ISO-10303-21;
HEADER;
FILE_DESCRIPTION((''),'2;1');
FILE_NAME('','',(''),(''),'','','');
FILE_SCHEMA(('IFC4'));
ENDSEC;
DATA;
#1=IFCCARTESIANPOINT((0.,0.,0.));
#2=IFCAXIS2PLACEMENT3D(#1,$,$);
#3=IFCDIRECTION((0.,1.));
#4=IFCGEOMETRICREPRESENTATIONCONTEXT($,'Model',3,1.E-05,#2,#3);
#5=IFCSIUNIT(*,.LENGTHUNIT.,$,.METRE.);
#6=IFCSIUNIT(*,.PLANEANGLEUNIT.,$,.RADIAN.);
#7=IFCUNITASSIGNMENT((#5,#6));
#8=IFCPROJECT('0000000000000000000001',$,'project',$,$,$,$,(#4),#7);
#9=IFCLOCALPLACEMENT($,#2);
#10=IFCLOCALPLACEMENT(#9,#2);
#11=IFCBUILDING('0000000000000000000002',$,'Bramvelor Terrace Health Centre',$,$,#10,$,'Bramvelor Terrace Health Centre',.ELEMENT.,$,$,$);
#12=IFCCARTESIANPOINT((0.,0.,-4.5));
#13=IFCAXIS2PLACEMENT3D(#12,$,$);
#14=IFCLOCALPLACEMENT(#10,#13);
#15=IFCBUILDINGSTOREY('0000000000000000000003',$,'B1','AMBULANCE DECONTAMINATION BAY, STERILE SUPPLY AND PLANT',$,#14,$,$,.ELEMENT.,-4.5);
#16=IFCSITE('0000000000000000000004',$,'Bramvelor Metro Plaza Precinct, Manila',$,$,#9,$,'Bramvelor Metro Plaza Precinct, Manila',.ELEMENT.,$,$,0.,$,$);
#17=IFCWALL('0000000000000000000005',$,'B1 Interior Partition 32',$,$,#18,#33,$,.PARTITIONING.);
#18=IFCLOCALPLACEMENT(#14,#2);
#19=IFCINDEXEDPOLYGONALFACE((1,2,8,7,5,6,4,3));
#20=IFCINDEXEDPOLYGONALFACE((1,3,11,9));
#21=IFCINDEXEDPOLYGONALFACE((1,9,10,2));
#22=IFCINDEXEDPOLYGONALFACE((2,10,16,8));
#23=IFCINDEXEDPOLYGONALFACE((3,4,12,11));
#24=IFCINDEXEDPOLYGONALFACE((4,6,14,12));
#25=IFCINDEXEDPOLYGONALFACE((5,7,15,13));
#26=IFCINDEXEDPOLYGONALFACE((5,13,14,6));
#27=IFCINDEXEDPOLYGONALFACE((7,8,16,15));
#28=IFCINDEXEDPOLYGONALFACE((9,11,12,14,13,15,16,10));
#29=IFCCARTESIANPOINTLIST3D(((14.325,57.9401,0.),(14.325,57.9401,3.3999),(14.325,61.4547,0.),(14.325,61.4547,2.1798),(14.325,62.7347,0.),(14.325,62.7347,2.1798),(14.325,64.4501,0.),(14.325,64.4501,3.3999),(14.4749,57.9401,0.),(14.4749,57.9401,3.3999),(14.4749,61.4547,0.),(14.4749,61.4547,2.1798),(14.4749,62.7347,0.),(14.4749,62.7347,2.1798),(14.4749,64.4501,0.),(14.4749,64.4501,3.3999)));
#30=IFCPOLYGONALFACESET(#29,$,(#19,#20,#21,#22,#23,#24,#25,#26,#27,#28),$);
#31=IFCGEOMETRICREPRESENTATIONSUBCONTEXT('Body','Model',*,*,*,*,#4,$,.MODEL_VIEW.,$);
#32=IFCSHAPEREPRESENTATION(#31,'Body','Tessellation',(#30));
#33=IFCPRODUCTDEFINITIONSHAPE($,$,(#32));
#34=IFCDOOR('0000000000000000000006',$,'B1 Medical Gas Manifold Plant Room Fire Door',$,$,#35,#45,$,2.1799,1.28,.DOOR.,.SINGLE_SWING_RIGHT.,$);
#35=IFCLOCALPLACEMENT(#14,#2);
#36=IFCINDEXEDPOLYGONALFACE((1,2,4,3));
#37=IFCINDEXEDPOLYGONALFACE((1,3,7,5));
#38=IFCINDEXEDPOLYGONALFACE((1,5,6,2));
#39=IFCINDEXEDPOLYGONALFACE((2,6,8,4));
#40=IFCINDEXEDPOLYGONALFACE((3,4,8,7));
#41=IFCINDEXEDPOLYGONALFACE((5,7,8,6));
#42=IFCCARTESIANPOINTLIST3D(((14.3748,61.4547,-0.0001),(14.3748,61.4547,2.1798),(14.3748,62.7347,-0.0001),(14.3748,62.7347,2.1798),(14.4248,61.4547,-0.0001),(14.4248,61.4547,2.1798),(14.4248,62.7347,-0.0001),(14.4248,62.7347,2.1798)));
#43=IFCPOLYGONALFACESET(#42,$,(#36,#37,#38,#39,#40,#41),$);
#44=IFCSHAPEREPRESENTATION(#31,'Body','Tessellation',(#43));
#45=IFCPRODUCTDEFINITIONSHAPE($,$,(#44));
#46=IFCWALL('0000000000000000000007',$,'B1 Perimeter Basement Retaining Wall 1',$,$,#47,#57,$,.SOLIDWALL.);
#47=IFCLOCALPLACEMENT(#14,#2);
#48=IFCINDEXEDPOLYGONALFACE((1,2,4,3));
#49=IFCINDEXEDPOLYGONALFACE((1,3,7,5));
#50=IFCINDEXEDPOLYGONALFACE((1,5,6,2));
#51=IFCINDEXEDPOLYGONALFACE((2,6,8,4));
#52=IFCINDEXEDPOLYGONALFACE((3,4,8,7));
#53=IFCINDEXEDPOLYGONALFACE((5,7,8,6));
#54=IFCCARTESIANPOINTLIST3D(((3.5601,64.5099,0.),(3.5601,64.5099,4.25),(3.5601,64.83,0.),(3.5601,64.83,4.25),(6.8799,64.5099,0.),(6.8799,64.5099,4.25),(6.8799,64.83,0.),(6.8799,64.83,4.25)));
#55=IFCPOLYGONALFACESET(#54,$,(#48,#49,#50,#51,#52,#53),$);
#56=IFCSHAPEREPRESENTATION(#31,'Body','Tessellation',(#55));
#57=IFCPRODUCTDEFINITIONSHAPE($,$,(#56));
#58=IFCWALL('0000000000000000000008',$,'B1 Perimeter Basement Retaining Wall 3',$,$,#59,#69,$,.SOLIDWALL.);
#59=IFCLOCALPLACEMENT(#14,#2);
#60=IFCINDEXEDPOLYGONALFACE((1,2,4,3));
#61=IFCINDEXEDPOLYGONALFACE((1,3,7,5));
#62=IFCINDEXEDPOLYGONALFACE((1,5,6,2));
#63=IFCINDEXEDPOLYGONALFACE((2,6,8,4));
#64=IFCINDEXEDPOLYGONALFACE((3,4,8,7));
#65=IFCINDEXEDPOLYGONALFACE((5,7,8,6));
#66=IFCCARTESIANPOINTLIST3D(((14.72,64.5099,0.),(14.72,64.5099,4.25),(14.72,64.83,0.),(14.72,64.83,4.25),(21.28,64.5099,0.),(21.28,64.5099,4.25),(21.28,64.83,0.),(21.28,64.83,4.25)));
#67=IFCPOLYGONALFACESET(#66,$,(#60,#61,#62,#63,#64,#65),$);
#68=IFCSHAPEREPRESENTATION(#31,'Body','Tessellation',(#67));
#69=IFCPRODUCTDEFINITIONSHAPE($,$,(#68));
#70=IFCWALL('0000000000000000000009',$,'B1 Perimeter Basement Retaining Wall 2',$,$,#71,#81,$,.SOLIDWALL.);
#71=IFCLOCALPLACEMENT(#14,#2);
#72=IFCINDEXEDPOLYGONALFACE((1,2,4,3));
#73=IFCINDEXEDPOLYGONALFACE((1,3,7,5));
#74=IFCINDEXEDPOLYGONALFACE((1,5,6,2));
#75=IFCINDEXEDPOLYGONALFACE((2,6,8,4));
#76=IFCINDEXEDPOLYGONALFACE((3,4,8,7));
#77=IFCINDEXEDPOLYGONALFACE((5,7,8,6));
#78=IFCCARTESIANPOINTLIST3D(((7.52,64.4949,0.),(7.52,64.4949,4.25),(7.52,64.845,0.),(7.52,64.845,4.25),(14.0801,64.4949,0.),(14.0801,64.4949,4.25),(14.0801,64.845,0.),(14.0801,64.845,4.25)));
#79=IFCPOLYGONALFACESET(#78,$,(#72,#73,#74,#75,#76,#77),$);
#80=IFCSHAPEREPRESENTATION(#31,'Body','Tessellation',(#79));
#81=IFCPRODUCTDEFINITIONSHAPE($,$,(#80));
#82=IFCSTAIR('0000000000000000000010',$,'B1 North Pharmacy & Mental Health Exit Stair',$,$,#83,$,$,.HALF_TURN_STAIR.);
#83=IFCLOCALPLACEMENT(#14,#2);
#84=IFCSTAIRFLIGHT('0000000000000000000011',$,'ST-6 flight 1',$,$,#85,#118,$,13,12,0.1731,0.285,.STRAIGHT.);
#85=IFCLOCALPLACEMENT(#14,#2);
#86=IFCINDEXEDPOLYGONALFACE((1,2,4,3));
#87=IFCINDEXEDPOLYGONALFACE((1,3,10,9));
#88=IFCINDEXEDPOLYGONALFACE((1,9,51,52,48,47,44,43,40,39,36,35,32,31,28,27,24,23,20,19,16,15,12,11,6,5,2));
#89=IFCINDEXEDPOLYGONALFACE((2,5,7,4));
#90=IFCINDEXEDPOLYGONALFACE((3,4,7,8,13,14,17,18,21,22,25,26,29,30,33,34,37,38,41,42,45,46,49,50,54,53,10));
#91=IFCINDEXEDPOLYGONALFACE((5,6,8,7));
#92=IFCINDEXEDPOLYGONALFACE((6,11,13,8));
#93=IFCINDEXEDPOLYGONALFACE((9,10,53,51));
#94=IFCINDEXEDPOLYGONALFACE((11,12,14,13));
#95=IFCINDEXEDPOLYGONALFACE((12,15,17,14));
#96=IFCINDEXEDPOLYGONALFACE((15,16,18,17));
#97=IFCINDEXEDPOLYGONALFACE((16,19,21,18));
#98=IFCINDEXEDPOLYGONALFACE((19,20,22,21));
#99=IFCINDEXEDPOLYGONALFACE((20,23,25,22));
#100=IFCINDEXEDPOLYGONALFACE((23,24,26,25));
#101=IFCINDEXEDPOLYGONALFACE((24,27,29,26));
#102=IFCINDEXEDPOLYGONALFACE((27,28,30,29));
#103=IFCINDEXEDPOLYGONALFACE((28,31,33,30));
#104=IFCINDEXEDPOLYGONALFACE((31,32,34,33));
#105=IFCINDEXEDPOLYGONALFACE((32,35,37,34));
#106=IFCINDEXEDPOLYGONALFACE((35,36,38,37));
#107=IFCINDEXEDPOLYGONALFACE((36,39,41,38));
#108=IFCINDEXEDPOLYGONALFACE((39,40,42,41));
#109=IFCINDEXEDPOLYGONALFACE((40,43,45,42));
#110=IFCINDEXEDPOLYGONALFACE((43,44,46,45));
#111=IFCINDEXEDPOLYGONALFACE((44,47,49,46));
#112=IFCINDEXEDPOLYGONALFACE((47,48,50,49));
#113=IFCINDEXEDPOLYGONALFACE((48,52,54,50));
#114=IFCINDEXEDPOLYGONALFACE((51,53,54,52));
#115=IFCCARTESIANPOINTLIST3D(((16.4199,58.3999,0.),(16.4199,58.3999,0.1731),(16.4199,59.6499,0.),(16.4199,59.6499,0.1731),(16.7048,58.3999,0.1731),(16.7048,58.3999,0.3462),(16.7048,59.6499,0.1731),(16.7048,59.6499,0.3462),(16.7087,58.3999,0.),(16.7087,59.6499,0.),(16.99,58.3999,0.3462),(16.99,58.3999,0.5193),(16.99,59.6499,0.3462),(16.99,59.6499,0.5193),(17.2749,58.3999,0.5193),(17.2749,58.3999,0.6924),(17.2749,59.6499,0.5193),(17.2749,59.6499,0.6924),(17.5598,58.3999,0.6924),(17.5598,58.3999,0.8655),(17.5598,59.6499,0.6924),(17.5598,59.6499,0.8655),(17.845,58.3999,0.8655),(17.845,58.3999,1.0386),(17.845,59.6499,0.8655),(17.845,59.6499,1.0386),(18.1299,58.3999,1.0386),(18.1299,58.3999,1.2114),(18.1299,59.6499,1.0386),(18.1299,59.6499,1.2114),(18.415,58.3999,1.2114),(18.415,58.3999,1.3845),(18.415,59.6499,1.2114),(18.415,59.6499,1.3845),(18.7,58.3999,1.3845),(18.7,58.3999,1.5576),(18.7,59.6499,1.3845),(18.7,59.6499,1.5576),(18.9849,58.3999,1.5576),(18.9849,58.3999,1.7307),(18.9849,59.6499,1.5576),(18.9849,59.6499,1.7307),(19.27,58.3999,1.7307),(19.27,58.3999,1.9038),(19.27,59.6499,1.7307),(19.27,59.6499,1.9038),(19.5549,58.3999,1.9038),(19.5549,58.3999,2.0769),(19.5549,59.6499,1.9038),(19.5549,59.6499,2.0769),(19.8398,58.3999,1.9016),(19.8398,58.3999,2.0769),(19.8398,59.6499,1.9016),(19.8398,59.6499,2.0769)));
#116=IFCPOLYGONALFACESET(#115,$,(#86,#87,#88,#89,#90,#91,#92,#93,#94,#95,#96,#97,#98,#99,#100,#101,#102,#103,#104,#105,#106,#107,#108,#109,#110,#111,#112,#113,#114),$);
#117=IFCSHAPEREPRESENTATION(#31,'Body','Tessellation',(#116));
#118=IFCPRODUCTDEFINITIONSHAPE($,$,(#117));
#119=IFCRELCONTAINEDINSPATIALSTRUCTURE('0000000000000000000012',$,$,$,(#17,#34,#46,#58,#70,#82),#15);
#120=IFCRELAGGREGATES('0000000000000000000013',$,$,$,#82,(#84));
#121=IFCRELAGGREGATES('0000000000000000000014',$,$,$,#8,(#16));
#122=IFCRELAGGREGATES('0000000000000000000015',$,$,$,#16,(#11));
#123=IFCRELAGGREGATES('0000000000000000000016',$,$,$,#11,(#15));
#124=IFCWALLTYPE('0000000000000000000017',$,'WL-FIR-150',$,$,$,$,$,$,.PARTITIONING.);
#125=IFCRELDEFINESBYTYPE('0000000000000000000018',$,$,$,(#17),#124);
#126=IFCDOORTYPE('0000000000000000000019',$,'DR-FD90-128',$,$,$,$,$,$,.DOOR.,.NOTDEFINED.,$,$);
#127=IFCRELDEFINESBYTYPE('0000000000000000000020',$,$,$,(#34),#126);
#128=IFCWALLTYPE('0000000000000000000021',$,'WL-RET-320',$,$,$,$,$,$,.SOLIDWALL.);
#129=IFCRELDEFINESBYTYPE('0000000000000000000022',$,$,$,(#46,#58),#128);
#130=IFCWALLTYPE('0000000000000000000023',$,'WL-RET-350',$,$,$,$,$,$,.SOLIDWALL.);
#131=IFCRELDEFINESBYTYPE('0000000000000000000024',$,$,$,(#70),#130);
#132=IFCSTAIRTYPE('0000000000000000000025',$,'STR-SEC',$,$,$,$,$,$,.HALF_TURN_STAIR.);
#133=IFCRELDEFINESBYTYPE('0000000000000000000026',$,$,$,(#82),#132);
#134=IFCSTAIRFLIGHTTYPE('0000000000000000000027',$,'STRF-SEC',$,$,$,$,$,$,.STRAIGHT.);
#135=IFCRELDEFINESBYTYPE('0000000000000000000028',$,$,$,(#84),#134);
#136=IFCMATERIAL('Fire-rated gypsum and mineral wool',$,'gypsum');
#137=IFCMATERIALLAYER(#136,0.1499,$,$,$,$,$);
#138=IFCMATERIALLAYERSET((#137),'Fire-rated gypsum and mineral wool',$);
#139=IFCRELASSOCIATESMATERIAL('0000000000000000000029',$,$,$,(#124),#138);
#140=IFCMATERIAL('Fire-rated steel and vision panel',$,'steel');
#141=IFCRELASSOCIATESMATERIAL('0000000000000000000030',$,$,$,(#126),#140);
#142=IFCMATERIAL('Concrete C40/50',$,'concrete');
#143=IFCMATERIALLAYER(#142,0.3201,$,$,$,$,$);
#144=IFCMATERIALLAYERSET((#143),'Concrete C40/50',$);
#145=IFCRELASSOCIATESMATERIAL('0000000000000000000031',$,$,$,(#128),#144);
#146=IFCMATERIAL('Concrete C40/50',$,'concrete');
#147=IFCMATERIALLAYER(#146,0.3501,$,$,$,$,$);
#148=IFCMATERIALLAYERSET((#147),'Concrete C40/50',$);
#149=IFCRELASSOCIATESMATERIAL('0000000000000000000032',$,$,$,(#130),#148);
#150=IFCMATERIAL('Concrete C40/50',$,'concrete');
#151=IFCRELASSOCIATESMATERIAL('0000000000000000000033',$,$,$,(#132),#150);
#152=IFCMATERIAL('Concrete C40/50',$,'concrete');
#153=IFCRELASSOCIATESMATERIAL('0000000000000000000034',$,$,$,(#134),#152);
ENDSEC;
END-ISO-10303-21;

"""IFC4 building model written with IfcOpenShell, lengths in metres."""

from ifc_helpers import new_model, si_unit, direction, frame, frame_2d, origin, place, context, subcontext, project, spatial, polyline, rectangle, outline, extrude, material, layer, layer_set, type_object, element, fill, aggregate, save


model = new_model("IFC4")

# Units and contexts
model_context = context("Model", 3, precision=1e-05, world=origin(), true_north=direction((0.0, 1.0)))
body_context = subcontext(model_context, "Body", "Model", "MODEL_VIEW")
ifc_project = project(units=[si_unit("LENGTHUNIT", "METRE"), si_unit("PLANEANGLEUNIT", "RADIAN")], contexts=[model_context])

# Site, building, storey
site_placement = place(None, origin())
site = spatial("IfcSite", under=ifc_project, at=site_placement, Name="Bramvelor Metro Plaza Precinct, Manila", LongName="Bramvelor Metro Plaza Precinct, Manila", CompositionType="ELEMENT", RefElevation=0.0)
building_placement = place(site_placement, origin())
building = spatial("IfcBuilding", under=site, at=building_placement, Name="Bramvelor Terrace Health Centre", LongName="Bramvelor Terrace Health Centre", CompositionType="ELEMENT")
storey_placement = place(building_placement, frame((0.0, 0.0, -4.5)))
storey = spatial("IfcBuildingStorey", under=building, at=storey_placement, Name="B1", Description="AMBULANCE DECONTAMINATION BAY, STERILE SUPPLY AND PLANT", CompositionType="ELEMENT", Elevation=-4.5)

# Wall, opening, door
ifc_material_1 = material(Name="Fire-rated gypsum and mineral wool", Category="gypsum")
ifc_layer_1 = layer(ifc_material_1, 0.1499)
ifc_layer_set_1 = layer_set([ifc_layer_1], Name="Fire-rated gypsum and mineral wool")
wall_type_1 = type_object("IfcWallType", Name="WL-FIR-150", PredefinedType="PARTITIONING", material=ifc_layer_set_1)
wall_1_placement = place(storey_placement, frame((14.3999, 64.45, 0.0), z_axis=(0.0, 0.0, 1.0), x_axis=(0.0, -1.0, 0.0)))
wall_1 = element("IfcWall", 1, at=wall_1_placement, inside=storey, type_object=wall_type_1, Name="B1 Interior Partition 32", PredefinedType="PARTITIONING", context=body_context, shape_type="SweptSolid", body=[
    extrude(rectangle(XDim=6.51, YDim=0.1499, at=frame_2d((3.2549, 0.0))), origin(), (0.0, 0.0, 1.0), 3.3999),
])
opening_1_placement = place(wall_1_placement, frame((1.7151, 0.0, 0.0)))
opening_1 = element("IfcOpeningElement", 2, at=opening_1_placement, cuts=wall_1, PredefinedType="OPENING", context=body_context, shape_type="SweptSolid", body=[
    extrude(rectangle(XDim=1.28, YDim=2.1799, at=frame_2d((0.6401, 1.0898))), frame((0.0, 0.085, 0.0), z_axis=(0.0, -1.0, 0.0), x_axis=(1.0, 0.0, 0.0)), (0.0, 0.0, 1.0), 0.1699),
])
ifc_material_2 = material(Name="Fire-rated steel and vision panel", Category="steel")
door_type_1 = type_object("IfcDoorType", Name="DR-FD90-128", OperationType="NOTDEFINED", PredefinedType="DOOR", material=ifc_material_2)
door_1_placement = place(opening_1_placement, origin())
door_1 = element("IfcDoor", 3, at=door_1_placement, inside=storey, type_object=door_type_1, Name="B1 Medical Gas Manifold Plant Room Fire Door", OperationType="SINGLE_SWING_RIGHT", OverallHeight=2.1799, OverallWidth=1.28, PredefinedType="DOOR", context=body_context, shape_type="SweptSolid", body=[
    extrude(rectangle(XDim=1.28, YDim=2.1799, at=frame_2d((0.6401, 1.0898))), frame((0.0, 0.0249, 0.0), z_axis=(0.0, -1.0, 0.0), x_axis=(1.0, 0.0, 0.0)), (0.0, 0.0, 1.0), 0.05),
])
fill(opening_1, door_1)

# Walls
ifc_material_3 = material(Name="Concrete C40/50", Category="concrete")
ifc_layer_2 = layer(ifc_material_3, 0.3201)
ifc_layer_set_2 = layer_set([ifc_layer_2], Name="Concrete C40/50")
wall_type_2 = type_object("IfcWallType", Name="WL-RET-320", PredefinedType="SOLIDWALL", material=ifc_layer_set_2)
wall_2_placement = place(storey_placement, frame((3.5601, 64.6699, 0.0), z_axis=(0.0, 0.0, 1.0), x_axis=(1.0, 0.0, 0.0)))
element("IfcWall", 4, at=wall_2_placement, inside=storey, type_object=wall_type_2, Name="B1 Perimeter Basement Retaining Wall 1", PredefinedType="SOLIDWALL", context=body_context, shape_type="SweptSolid", body=[
    extrude(rectangle(XDim=3.3198, YDim=0.3201, at=frame_2d((1.6599, 0.0))), origin(), (0.0, 0.0, 1.0), 4.25),
])
wall_3_placement = place(storey_placement, frame((14.72, 64.6699, 0.0), z_axis=(0.0, 0.0, 1.0), x_axis=(1.0, 0.0, 0.0)))
element("IfcWall", 5, at=wall_3_placement, inside=storey, type_object=wall_type_2, Name="B1 Perimeter Basement Retaining Wall 3", PredefinedType="SOLIDWALL", context=body_context, shape_type="SweptSolid", body=[
    extrude(rectangle(XDim=6.5601, YDim=0.3201, at=frame_2d((3.28, 0.0))), origin(), (0.0, 0.0, 1.0), 4.25),
])
ifc_material_4 = material(Name="Concrete C40/50", Category="concrete")
ifc_layer_3 = layer(ifc_material_4, 0.3501)
ifc_layer_set_3 = layer_set([ifc_layer_3], Name="Concrete C40/50")
wall_type_3 = type_object("IfcWallType", Name="WL-RET-350", PredefinedType="SOLIDWALL", material=ifc_layer_set_3)
wall_4_placement = place(storey_placement, frame((7.52, 64.6699, 0.0), z_axis=(0.0, 0.0, 1.0), x_axis=(1.0, 0.0, 0.0)))
element("IfcWall", 6, at=wall_4_placement, inside=storey, type_object=wall_type_3, Name="B1 Perimeter Basement Retaining Wall 2", PredefinedType="SOLIDWALL", context=body_context, shape_type="SweptSolid", body=[
    extrude(rectangle(XDim=6.5601, YDim=0.3501, at=frame_2d((3.28, 0.0))), origin(), (0.0, 0.0, 1.0), 4.25),
])

# Stair, stair flight
ifc_material_5 = material(Name="Concrete C40/50", Category="concrete")
stair_type = type_object("IfcStairType", Name="STR-SEC", PredefinedType="HALF_TURN_STAIR", material=ifc_material_5)
stair_placement = place(storey_placement, origin())
stair = element("IfcStair", 7, at=stair_placement, inside=storey, type_object=stair_type, Name="B1 North Pharmacy & Mental Health Exit Stair", PredefinedType="HALF_TURN_STAIR")
ifc_material_6 = material(Name="Concrete C40/50", Category="concrete")
stair_flight_type = type_object("IfcStairFlightType", Name="STRF-SEC", PredefinedType="STRAIGHT", material=ifc_material_6)
stair_flight_placement = place(storey_placement, frame((16.4199, 59.0249, 0.0), z_axis=(0.0, 0.0, 1.0), x_axis=(1.0, 0.0, 0.0)))
stair_flight = element("IfcStairFlight", 8, at=stair_flight_placement, type_object=stair_flight_type, Name="ST-6 flight 1", NumberOfRisers=13, NumberOfTreads=12, PredefinedType="STRAIGHT", RiserHeight=0.1731, TreadLength=0.285, context=body_context, shape_type="SweptSolid", body=[
    extrude(outline(polyline([(0.0, 0.0), (0.0, 0.1731), (0.2849, 0.1731), (0.2849, 0.3462), (0.5701, 0.3462), (0.5701, 0.5193), (0.855, 0.5193), (0.855, 0.6924), (1.1399, 0.6924), (1.1399, 0.8655), (1.425, 0.8655), (1.425, 1.0386), (1.71, 1.0386), (1.71, 1.2114), (1.9951, 1.2114), (1.9951, 1.3845), (2.28, 1.3845), (2.28, 1.5576), (2.5649, 1.5576), (2.5649, 1.7307), (2.8501, 1.7307), (2.8501, 1.9038), (3.135, 1.9038), (3.135, 2.0769), (3.4199, 2.0769), (3.4199, 2.25), (3.4199, 1.9016), (0.2888, 0.0), (0.0, 0.0)])), frame((0.0, 0.625, 0.0), z_axis=(0.0, -1.0, 0.0), x_axis=(1.0, 0.0, 0.0)), (0.0, 0.0, 1.0), 1.25),
])
aggregate(stair, [stair_flight])

save(model, "model.ifc")
